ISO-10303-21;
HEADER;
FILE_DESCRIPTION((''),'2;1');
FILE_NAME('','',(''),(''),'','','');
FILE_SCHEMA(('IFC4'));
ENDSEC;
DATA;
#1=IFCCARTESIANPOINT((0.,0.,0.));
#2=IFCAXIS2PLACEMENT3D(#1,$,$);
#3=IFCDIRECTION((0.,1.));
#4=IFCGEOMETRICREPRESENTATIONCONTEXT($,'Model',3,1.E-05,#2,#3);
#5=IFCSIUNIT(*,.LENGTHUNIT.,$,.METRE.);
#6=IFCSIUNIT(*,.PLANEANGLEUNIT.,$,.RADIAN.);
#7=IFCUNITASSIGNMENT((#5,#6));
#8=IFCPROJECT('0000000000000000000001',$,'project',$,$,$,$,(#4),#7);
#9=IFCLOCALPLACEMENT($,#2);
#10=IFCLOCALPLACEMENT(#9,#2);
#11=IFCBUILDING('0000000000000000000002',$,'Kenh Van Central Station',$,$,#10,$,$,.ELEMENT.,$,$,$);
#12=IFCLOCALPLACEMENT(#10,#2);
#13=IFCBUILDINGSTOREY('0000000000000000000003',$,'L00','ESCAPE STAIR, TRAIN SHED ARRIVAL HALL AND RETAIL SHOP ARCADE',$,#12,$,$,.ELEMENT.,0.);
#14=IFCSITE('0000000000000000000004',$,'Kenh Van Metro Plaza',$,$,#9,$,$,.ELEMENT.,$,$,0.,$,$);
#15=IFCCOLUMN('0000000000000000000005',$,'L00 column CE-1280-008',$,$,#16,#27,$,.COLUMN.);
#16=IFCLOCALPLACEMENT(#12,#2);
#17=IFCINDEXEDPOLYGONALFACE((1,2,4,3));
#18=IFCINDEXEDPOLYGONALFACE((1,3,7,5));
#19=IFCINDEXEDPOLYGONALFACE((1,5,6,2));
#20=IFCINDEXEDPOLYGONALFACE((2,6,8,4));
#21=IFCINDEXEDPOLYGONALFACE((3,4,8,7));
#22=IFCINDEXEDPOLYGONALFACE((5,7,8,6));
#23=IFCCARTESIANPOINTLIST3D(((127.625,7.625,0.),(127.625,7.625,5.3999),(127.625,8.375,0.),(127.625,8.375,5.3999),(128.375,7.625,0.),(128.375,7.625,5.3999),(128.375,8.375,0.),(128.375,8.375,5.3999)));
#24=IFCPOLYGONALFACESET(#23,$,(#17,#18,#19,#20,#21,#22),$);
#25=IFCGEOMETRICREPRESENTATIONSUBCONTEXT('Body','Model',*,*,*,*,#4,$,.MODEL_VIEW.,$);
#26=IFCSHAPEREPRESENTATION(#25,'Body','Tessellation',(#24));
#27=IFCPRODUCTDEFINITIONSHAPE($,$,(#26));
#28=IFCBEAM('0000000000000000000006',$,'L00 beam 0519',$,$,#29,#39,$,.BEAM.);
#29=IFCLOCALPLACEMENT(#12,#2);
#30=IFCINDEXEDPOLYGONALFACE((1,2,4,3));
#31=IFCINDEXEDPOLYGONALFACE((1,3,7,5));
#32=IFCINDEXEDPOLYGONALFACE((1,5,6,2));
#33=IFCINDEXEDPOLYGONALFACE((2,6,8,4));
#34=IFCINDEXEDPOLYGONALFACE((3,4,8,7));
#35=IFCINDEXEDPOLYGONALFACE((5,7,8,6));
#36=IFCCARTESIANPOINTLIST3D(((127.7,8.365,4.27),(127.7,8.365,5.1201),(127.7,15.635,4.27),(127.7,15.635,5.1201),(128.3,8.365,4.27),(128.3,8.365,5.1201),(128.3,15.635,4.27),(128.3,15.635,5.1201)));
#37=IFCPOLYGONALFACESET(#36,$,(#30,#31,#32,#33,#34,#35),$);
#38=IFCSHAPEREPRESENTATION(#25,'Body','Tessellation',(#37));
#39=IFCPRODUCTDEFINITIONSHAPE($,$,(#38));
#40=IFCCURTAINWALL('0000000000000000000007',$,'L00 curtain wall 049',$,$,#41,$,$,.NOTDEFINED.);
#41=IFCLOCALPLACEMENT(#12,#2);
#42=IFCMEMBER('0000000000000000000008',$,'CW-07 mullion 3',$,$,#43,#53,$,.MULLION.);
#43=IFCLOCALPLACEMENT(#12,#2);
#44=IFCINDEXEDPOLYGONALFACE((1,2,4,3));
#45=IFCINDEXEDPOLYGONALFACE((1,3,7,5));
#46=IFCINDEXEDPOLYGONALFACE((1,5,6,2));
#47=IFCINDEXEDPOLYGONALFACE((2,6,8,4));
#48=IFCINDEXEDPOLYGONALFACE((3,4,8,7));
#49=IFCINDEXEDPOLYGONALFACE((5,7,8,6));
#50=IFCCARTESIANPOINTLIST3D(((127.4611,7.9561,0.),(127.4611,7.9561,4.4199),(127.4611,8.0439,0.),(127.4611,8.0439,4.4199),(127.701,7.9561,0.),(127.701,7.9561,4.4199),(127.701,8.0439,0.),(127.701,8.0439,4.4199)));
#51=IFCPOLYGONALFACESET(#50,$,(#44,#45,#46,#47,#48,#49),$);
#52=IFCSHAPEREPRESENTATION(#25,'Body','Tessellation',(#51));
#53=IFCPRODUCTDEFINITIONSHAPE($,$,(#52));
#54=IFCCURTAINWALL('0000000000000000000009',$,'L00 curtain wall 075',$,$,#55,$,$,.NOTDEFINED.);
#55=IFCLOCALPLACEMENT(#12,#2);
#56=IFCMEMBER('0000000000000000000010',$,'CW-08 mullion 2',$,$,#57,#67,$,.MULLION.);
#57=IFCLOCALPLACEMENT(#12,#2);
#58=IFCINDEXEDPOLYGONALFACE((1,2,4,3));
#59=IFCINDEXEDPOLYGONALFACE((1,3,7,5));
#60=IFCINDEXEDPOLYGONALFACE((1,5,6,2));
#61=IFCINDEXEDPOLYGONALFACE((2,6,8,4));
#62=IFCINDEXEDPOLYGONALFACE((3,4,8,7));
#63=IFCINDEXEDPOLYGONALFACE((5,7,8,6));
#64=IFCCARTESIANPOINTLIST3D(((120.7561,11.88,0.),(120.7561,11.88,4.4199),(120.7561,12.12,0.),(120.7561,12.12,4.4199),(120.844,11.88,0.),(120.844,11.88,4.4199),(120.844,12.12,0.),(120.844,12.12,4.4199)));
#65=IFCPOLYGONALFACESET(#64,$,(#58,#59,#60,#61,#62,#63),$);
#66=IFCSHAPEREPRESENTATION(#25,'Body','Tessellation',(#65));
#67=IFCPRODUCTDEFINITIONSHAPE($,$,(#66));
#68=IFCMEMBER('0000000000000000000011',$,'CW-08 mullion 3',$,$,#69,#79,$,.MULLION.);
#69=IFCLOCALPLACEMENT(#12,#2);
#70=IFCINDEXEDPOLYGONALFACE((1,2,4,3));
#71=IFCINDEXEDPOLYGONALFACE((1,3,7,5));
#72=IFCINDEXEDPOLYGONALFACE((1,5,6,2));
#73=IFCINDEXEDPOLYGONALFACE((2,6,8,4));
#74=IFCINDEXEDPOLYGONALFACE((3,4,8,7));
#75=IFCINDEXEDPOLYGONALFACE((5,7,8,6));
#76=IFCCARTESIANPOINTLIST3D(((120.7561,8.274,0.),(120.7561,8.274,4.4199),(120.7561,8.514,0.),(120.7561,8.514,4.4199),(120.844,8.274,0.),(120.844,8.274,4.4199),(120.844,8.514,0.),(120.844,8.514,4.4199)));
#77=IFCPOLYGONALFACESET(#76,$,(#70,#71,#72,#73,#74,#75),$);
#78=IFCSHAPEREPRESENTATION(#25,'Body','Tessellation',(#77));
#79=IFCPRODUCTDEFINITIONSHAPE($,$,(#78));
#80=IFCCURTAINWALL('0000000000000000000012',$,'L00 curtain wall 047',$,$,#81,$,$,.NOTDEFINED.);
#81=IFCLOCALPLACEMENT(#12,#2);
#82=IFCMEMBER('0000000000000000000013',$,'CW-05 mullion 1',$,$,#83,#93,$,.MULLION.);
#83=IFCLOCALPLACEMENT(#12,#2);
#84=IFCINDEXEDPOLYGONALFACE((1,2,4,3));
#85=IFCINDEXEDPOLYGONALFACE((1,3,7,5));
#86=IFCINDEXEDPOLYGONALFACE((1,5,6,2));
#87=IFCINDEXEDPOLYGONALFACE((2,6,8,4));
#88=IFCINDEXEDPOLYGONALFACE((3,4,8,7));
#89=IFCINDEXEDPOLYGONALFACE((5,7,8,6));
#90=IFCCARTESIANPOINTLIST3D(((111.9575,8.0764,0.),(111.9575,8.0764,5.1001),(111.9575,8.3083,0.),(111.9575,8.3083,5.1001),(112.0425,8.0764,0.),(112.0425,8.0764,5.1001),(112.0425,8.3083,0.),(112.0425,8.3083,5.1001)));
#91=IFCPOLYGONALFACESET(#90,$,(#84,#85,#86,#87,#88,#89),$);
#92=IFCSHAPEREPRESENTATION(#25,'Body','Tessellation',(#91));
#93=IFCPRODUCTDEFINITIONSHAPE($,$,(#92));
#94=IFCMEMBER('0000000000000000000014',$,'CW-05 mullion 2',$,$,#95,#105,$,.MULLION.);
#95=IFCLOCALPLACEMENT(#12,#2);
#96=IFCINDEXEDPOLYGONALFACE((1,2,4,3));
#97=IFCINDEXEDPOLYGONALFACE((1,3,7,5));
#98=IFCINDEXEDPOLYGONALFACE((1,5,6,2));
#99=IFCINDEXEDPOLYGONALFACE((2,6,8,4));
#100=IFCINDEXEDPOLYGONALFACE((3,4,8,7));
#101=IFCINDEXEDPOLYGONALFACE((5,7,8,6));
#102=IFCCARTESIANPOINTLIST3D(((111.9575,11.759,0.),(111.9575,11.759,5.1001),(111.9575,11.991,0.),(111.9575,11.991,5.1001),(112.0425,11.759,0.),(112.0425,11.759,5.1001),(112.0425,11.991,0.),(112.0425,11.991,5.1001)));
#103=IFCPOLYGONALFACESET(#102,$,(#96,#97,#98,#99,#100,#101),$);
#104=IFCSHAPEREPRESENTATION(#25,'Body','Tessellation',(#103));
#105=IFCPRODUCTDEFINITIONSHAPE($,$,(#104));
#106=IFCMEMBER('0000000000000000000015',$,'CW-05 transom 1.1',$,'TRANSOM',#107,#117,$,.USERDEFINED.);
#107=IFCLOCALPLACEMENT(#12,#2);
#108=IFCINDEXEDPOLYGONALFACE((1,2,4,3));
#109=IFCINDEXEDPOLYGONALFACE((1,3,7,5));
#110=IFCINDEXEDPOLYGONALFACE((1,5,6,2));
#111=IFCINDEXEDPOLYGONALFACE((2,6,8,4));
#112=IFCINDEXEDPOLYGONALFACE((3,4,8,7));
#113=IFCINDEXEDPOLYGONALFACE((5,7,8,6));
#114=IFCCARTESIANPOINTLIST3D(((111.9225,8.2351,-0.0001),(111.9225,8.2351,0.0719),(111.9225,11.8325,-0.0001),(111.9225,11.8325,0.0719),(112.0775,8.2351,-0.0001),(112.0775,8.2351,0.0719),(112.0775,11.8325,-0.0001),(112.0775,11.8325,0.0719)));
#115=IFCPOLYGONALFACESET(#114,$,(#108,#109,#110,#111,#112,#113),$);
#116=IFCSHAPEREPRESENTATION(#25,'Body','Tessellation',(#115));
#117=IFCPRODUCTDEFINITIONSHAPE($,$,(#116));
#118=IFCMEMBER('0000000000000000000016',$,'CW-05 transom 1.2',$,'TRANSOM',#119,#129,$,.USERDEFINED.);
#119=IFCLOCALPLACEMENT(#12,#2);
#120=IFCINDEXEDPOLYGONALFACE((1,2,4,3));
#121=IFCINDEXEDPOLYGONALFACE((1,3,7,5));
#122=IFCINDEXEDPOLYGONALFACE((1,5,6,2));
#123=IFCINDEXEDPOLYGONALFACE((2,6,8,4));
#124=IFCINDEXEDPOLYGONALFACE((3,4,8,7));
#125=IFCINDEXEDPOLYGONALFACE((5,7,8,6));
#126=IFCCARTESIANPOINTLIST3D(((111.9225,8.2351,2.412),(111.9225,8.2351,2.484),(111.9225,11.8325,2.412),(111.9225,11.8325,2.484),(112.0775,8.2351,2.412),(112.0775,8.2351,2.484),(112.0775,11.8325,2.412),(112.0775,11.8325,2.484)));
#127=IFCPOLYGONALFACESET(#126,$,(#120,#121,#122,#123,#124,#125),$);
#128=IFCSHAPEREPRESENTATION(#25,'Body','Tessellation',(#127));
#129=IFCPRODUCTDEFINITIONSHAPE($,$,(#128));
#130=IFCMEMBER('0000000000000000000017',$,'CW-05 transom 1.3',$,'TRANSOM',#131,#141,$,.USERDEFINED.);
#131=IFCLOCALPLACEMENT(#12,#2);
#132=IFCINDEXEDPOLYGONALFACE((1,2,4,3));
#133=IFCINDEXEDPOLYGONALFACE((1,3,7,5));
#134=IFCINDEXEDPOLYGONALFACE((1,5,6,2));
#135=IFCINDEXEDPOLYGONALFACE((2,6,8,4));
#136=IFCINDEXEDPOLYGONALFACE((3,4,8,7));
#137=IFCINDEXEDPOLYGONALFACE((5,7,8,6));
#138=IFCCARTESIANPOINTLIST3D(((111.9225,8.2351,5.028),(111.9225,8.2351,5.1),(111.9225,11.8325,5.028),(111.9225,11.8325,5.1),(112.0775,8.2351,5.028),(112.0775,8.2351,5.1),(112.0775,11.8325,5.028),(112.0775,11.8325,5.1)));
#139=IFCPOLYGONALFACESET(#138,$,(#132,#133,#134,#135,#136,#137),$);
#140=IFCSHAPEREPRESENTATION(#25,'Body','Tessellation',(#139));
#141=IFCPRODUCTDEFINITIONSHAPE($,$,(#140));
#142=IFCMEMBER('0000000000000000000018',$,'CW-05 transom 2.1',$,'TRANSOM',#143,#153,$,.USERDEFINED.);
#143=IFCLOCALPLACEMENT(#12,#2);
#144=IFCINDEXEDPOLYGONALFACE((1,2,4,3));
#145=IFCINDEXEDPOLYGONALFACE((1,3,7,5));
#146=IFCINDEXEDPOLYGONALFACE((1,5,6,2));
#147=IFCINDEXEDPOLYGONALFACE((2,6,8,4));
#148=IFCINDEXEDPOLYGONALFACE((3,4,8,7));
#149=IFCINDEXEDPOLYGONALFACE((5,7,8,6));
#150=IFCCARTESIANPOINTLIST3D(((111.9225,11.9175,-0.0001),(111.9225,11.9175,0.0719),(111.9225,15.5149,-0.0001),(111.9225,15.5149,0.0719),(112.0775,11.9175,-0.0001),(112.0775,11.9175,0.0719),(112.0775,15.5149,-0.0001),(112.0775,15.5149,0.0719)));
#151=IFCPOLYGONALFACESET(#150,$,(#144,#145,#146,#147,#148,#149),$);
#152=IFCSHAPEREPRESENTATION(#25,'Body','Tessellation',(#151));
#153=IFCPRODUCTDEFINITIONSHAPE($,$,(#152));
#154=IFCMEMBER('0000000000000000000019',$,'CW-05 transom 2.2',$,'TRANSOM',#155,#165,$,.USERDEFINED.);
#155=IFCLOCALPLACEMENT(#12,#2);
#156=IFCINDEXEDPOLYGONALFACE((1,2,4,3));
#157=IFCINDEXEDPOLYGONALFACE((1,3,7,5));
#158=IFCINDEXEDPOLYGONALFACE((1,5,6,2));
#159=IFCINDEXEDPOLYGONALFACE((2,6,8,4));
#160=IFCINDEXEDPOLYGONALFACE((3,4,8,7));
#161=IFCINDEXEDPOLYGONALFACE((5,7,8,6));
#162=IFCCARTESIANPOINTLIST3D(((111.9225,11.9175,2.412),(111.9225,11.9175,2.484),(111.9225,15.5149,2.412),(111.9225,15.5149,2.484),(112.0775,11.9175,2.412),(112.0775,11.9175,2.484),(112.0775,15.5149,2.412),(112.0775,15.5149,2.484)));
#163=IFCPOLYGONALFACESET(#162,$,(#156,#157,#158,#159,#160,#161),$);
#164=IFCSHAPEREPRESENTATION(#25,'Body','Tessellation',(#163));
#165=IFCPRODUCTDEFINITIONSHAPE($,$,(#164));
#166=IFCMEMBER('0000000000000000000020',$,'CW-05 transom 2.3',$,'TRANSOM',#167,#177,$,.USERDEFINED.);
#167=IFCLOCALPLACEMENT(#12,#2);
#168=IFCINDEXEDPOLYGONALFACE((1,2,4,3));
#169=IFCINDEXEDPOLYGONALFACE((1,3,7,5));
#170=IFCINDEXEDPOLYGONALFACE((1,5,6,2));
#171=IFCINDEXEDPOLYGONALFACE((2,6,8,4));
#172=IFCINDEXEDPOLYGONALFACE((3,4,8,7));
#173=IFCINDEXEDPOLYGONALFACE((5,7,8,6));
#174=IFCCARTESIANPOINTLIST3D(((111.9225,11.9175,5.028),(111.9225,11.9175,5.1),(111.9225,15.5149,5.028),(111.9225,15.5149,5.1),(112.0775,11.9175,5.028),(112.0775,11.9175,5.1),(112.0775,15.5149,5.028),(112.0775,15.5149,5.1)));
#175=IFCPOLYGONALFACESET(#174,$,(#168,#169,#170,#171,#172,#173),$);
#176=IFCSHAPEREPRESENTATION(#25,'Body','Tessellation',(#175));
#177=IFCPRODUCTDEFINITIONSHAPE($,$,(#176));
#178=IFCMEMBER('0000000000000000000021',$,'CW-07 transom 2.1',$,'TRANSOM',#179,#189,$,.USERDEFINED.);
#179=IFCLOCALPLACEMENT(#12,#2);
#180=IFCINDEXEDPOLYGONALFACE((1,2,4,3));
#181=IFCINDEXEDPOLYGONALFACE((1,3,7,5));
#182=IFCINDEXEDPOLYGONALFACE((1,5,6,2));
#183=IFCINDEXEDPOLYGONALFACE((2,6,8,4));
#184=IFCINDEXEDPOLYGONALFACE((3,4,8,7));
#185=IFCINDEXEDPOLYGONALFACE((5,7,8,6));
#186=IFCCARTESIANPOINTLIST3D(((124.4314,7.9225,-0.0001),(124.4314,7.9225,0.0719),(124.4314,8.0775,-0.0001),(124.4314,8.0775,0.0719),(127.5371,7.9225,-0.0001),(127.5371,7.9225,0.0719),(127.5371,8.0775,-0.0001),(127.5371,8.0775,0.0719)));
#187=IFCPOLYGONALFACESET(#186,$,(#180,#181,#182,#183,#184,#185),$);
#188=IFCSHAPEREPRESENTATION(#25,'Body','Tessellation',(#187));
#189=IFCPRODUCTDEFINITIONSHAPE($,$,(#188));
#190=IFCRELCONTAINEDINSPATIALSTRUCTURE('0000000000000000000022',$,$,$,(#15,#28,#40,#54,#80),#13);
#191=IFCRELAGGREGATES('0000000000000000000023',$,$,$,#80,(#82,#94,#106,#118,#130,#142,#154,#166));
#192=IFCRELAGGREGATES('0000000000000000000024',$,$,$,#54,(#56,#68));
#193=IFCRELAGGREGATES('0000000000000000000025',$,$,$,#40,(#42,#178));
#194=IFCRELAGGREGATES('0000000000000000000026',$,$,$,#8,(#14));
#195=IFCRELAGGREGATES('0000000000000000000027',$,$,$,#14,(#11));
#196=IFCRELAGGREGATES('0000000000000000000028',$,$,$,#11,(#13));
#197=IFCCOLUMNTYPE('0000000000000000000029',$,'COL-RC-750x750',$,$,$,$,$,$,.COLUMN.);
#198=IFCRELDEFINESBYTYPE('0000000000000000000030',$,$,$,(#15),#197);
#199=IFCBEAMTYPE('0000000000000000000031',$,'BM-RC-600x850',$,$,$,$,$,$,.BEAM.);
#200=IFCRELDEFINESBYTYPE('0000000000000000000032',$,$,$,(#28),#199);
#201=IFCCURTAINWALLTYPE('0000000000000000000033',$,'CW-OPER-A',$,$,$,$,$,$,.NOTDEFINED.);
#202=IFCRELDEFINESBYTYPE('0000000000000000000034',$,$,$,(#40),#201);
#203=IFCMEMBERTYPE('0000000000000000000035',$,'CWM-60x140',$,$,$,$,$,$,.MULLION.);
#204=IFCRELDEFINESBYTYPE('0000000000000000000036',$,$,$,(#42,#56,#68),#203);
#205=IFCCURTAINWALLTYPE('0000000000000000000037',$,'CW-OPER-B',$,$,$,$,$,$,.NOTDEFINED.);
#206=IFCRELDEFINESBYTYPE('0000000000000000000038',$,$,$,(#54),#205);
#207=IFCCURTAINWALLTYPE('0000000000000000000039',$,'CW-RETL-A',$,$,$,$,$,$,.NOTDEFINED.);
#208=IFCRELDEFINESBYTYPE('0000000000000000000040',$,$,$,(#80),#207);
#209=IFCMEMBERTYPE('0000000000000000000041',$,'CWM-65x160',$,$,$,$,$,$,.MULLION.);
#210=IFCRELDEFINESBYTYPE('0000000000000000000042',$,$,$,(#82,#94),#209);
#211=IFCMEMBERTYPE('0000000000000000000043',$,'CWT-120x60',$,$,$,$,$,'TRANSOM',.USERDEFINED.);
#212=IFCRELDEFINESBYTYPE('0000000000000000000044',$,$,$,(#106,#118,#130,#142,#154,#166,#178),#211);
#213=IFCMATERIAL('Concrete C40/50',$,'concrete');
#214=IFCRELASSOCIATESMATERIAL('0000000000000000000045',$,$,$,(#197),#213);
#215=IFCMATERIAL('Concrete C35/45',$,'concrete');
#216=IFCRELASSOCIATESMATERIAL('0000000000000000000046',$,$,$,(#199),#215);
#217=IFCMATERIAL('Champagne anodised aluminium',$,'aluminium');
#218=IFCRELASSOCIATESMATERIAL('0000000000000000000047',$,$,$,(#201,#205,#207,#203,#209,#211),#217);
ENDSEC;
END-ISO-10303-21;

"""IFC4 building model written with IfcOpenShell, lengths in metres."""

from ifc_helpers import new_model, si_unit, direction, frame, origin, origin_2d, place, context, subcontext, project, spatial, rectangle, extrude, material, material_profile, profile_set, type_object, element, aggregate, save


model = new_model("IFC4")

# Units and contexts
model_context = context("Model", 3, precision=1e-05, world=origin(), true_north=direction((0.0, 1.0)))
body_context = subcontext(model_context, "Body", "Model", "MODEL_VIEW")
ifc_project = project(units=[si_unit("LENGTHUNIT", "METRE"), si_unit("PLANEANGLEUNIT", "RADIAN")], contexts=[model_context])

# Site, building, storey
site_placement = place(None, origin())
site = spatial("IfcSite", under=ifc_project, at=site_placement, Name="Kenh Van Metro Plaza", CompositionType="ELEMENT", RefElevation=0.0)
building_placement = place(site_placement, origin())
building = spatial("IfcBuilding", under=site, at=building_placement, Name="Kenh Van Central Station", CompositionType="ELEMENT")
storey_placement = place(building_placement, origin())
storey = spatial("IfcBuildingStorey", under=building, at=storey_placement, Name="L00", Description="ESCAPE STAIR, TRAIN SHED ARRIVAL HALL AND RETAIL SHOP ARCADE", CompositionType="ELEMENT", Elevation=0.0)

# Column
ifc_material_1 = material(Name="Concrete C40/50", Category="concrete")
ifc_material_profile_1 = material_profile(ifc_material_1, rectangle(XDim=0.75, YDim=0.75, at=origin_2d()), Name="RC 750x750")
ifc_profile_set_1 = profile_set([ifc_material_profile_1], Name="Concrete C40/50")
column_type = type_object("IfcColumnType", Name="COL-RC-750x750", PredefinedType="COLUMN", material=ifc_profile_set_1)
column_placement = place(storey_placement, frame((128.0, 8.0, 0.0), z_axis=(0.0, 0.0, 1.0), x_axis=(1.0, 0.0, 0.0)))
element("IfcColumn", 1, at=column_placement, inside=storey, type_object=column_type, Name="L00 column CE-1280-008", PredefinedType="COLUMN", context=body_context, shape_type="SweptSolid", body=[
    extrude(rectangle(XDim=0.75, YDim=0.75, at=origin_2d()), origin(), (0.0, 0.0, 1.0), 5.3999),
])

# Beam
ifc_material_2 = material(Name="Concrete C35/45", Category="concrete")
ifc_material_profile_2 = material_profile(ifc_material_2, rectangle(XDim=0.6001, YDim=0.8501, at=origin_2d()), Name="RC 600x850")
ifc_profile_set_2 = profile_set([ifc_material_profile_2], Name="Concrete C35/45")
beam_type_1 = type_object("IfcBeamType", Name="BM-RC-600x850", PredefinedType="BEAM", material=ifc_profile_set_2)
beam_1_placement = place(storey_placement, frame((128.0, 8.365, 4.6951), z_axis=(0.0, 1.0, 0.0), x_axis=(-1.0, 0.0, 0.0)))
element("IfcBeam", 2, at=beam_1_placement, inside=storey, type_object=beam_type_1, Name="L00 beam 0519", PredefinedType="BEAM", context=body_context, shape_type="SweptSolid", body=[
    extrude(rectangle(XDim=0.6001, YDim=0.8501, at=origin_2d()), origin(), (0.0, 0.0, 1.0), 7.27),
])

# Curtain wall, member
ifc_material_3 = material(Name="Champagne anodised aluminium", Category="aluminium")
curtain_wall_type_1 = type_object("IfcCurtainWallType", Name="CW-OPER-A", PredefinedType="NOTDEFINED", material=ifc_material_3)
curtain_wall_1_placement = place(storey_placement, origin())
curtain_wall_1 = element("IfcCurtainWall", 3, at=curtain_wall_1_placement, inside=storey, type_object=curtain_wall_type_1, Name="L00 curtain wall 049", PredefinedType="NOTDEFINED")
ifc_material_profile_3 = material_profile(ifc_material_3, rectangle(XDim=0.0879, YDim=0.24, at=origin_2d()), Name="AL 88x240")
ifc_profile_set_3 = profile_set([ifc_material_profile_3], Name="Champagne anodised aluminium")
member_type_1 = type_object("IfcMemberType", Name="CWM-60x140", PredefinedType="MULLION", material=ifc_profile_set_3)
member_1_placement = place(storey_placement, frame((127.5811, 8.0, 0.0), z_axis=(0.0, 0.0, 1.0), x_axis=(0.0, 1.0, 0.0)))
member_1 = element("IfcMember", 4, at=member_1_placement, type_object=member_type_1, Name="CW-07 mullion 3", PredefinedType="MULLION", context=body_context, shape_type="SweptSolid", body=[
    extrude(rectangle(XDim=0.0879, YDim=0.24, at=origin_2d()), origin(), (0.0, 0.0, 1.0), 4.4199),
])

# Curtain walls, members
curtain_wall_type_2 = type_object("IfcCurtainWallType", Name="CW-OPER-B", PredefinedType="NOTDEFINED", material=ifc_material_3)
curtain_wall_2_placement = place(storey_placement, origin())
curtain_wall_2 = element("IfcCurtainWall", 5, at=curtain_wall_2_placement, inside=storey, type_object=curtain_wall_type_2, Name="L00 curtain wall 075", PredefinedType="NOTDEFINED")
member_2_placement = place(storey_placement, frame((120.8, 12.0, 0.0), z_axis=(0.0, 0.0, 1.0), x_axis=(1.0, 0.0, 0.0)))
member_2 = element("IfcMember", 6, at=member_2_placement, type_object=member_type_1, Name="CW-08 mullion 2", PredefinedType="MULLION", context=body_context, shape_type="SweptSolid", body=[
    extrude(rectangle(XDim=0.0879, YDim=0.24, at=origin_2d()), origin(), (0.0, 0.0, 1.0), 4.4199),
])
member_3_placement = place(storey_placement, frame((120.8, 8.394, 0.0), z_axis=(0.0, 0.0, 1.0), x_axis=(1.0, 0.0, 0.0)))
member_3 = element("IfcMember", 7, at=member_3_placement, type_object=member_type_1, Name="CW-08 mullion 3", PredefinedType="MULLION", context=body_context, shape_type="SweptSolid", body=[
    extrude(rectangle(XDim=0.0879, YDim=0.24, at=origin_2d()), origin(), (0.0, 0.0, 1.0), 4.4199),
])
curtain_wall_type_3 = type_object("IfcCurtainWallType", Name="CW-RETL-A", PredefinedType="NOTDEFINED", material=ifc_material_3)
curtain_wall_3_placement = place(storey_placement, origin())
curtain_wall_3 = element("IfcCurtainWall", 8, at=curtain_wall_3_placement, inside=storey, type_object=curtain_wall_type_3, Name="L00 curtain wall 047", PredefinedType="NOTDEFINED")
ifc_material_profile_4 = material_profile(ifc_material_3, rectangle(XDim=0.085, YDim=0.2319, at=origin_2d()), Name="AL 85x232")
ifc_profile_set_4 = profile_set([ifc_material_profile_4], Name="Champagne anodised aluminium")
member_type_2 = type_object("IfcMemberType", Name="CWM-65x160", PredefinedType="MULLION", material=ifc_profile_set_4)
member_4_placement = place(storey_placement, frame((112.0, 8.1924, 0.0), z_axis=(0.0, 0.0, 1.0), x_axis=(-1.0, 0.0, 0.0)))
member_4 = element("IfcMember", 9, at=member_4_placement, type_object=member_type_2, Name="CW-05 mullion 1", PredefinedType="MULLION", context=body_context, shape_type="SweptSolid", body=[
    extrude(rectangle(XDim=0.085, YDim=0.2319, at=origin_2d()), origin(), (0.0, 0.0, 1.0), 5.1001),
])
member_5_placement = place(storey_placement, frame((112.0, 11.875, 0.0), z_axis=(0.0, 0.0, 1.0), x_axis=(-1.0, 0.0, 0.0)))
member_5 = element("IfcMember", 10, at=member_5_placement, type_object=member_type_2, Name="CW-05 mullion 2", PredefinedType="MULLION", context=body_context, shape_type="SweptSolid", body=[
    extrude(rectangle(XDim=0.085, YDim=0.2319, at=origin_2d()), origin(), (0.0, 0.0, 1.0), 5.1001),
])
ifc_material_profile_5 = material_profile(ifc_material_3, rectangle(XDim=0.155, YDim=0.072, at=origin_2d()), Name="AL 155x72")
ifc_profile_set_5 = profile_set([ifc_material_profile_5], Name="Champagne anodised aluminium")
member_type_3 = type_object("IfcMemberType", Name="CWT-120x60", ElementType="TRANSOM", PredefinedType="USERDEFINED", material=ifc_profile_set_5)
member_6_placement = place(storey_placement, frame((112.0, 8.2351, 0.0359), z_axis=(0.0, 1.0, 0.0), x_axis=(-1.0, 0.0, 0.0)))
member_6 = element("IfcMember", 11, at=member_6_placement, type_object=member_type_3, Name="CW-05 transom 1.1", ObjectType="TRANSOM", PredefinedType="USERDEFINED", context=body_context, shape_type="SweptSolid", body=[
    extrude(rectangle(XDim=0.155, YDim=0.072, at=origin_2d()), origin(), (0.0, 0.0, 1.0), 3.5974),
])
member_7_placement = place(storey_placement, frame((112.0, 8.2351, 2.448), z_axis=(0.0, 1.0, 0.0), x_axis=(-1.0, 0.0, 0.0)))
member_7 = element("IfcMember", 12, at=member_7_placement, type_object=member_type_3, Name="CW-05 transom 1.2", ObjectType="TRANSOM", PredefinedType="USERDEFINED", context=body_context, shape_type="SweptSolid", body=[
    extrude(rectangle(XDim=0.155, YDim=0.072, at=origin_2d()), origin(), (0.0, 0.0, 1.0), 3.5974),
])
member_8_placement = place(storey_placement, frame((112.0, 8.2351, 5.064), z_axis=(0.0, 1.0, 0.0), x_axis=(-1.0, 0.0, 0.0)))
member_8 = element("IfcMember", 13, at=member_8_placement, type_object=member_type_3, Name="CW-05 transom 1.3", ObjectType="TRANSOM", PredefinedType="USERDEFINED", context=body_context, shape_type="SweptSolid", body=[
    extrude(rectangle(XDim=0.155, YDim=0.072, at=origin_2d()), origin(), (0.0, 0.0, 1.0), 3.5974),
])
member_9_placement = place(storey_placement, frame((112.0, 11.9175, 0.0359), z_axis=(0.0, 1.0, 0.0), x_axis=(-1.0, 0.0, 0.0)))
member_9 = element("IfcMember", 14, at=member_9_placement, type_object=member_type_3, Name="CW-05 transom 2.1", ObjectType="TRANSOM", PredefinedType="USERDEFINED", context=body_context, shape_type="SweptSolid", body=[
    extrude(rectangle(XDim=0.155, YDim=0.072, at=origin_2d()), origin(), (0.0, 0.0, 1.0), 3.5974),
])
member_10_placement = place(storey_placement, frame((112.0, 11.9175, 2.448), z_axis=(0.0, 1.0, 0.0), x_axis=(-1.0, 0.0, 0.0)))
member_10 = element("IfcMember", 15, at=member_10_placement, type_object=member_type_3, Name="CW-05 transom 2.2", ObjectType="TRANSOM", PredefinedType="USERDEFINED", context=body_context, shape_type="SweptSolid", body=[
    extrude(rectangle(XDim=0.155, YDim=0.072, at=origin_2d()), origin(), (0.0, 0.0, 1.0), 3.5974),
])
member_11_placement = place(storey_placement, frame((112.0, 11.9175, 5.064), z_axis=(0.0, 1.0, 0.0), x_axis=(-1.0, 0.0, 0.0)))
member_11 = element("IfcMember", 16, at=member_11_placement, type_object=member_type_3, Name="CW-05 transom 2.3", ObjectType="TRANSOM", PredefinedType="USERDEFINED", context=body_context, shape_type="SweptSolid", body=[
    extrude(rectangle(XDim=0.155, YDim=0.072, at=origin_2d()), origin(), (0.0, 0.0, 1.0), 3.5974),
])

# Member
member_12_placement = place(storey_placement, frame((124.4314, 8.0, 0.0359), z_axis=(1.0, 0.0, 0.0), x_axis=(0.0, 1.0, 0.0)))
member_12 = element("IfcMember", 17, at=member_12_placement, type_object=member_type_3, Name="CW-07 transom 2.1", ObjectType="TRANSOM", PredefinedType="USERDEFINED", context=body_context, shape_type="SweptSolid", body=[
    extrude(rectangle(XDim=0.155, YDim=0.072, at=origin_2d()), origin(), (0.0, 0.0, 1.0), 3.1057),
])

aggregate(curtain_wall_3, [member_4, member_5, member_6, member_7, member_8, member_9, member_10, member_11])
aggregate(curtain_wall_2, [member_2, member_3])
aggregate(curtain_wall_1, [member_1, member_12])

save(model, "model.ifc")
